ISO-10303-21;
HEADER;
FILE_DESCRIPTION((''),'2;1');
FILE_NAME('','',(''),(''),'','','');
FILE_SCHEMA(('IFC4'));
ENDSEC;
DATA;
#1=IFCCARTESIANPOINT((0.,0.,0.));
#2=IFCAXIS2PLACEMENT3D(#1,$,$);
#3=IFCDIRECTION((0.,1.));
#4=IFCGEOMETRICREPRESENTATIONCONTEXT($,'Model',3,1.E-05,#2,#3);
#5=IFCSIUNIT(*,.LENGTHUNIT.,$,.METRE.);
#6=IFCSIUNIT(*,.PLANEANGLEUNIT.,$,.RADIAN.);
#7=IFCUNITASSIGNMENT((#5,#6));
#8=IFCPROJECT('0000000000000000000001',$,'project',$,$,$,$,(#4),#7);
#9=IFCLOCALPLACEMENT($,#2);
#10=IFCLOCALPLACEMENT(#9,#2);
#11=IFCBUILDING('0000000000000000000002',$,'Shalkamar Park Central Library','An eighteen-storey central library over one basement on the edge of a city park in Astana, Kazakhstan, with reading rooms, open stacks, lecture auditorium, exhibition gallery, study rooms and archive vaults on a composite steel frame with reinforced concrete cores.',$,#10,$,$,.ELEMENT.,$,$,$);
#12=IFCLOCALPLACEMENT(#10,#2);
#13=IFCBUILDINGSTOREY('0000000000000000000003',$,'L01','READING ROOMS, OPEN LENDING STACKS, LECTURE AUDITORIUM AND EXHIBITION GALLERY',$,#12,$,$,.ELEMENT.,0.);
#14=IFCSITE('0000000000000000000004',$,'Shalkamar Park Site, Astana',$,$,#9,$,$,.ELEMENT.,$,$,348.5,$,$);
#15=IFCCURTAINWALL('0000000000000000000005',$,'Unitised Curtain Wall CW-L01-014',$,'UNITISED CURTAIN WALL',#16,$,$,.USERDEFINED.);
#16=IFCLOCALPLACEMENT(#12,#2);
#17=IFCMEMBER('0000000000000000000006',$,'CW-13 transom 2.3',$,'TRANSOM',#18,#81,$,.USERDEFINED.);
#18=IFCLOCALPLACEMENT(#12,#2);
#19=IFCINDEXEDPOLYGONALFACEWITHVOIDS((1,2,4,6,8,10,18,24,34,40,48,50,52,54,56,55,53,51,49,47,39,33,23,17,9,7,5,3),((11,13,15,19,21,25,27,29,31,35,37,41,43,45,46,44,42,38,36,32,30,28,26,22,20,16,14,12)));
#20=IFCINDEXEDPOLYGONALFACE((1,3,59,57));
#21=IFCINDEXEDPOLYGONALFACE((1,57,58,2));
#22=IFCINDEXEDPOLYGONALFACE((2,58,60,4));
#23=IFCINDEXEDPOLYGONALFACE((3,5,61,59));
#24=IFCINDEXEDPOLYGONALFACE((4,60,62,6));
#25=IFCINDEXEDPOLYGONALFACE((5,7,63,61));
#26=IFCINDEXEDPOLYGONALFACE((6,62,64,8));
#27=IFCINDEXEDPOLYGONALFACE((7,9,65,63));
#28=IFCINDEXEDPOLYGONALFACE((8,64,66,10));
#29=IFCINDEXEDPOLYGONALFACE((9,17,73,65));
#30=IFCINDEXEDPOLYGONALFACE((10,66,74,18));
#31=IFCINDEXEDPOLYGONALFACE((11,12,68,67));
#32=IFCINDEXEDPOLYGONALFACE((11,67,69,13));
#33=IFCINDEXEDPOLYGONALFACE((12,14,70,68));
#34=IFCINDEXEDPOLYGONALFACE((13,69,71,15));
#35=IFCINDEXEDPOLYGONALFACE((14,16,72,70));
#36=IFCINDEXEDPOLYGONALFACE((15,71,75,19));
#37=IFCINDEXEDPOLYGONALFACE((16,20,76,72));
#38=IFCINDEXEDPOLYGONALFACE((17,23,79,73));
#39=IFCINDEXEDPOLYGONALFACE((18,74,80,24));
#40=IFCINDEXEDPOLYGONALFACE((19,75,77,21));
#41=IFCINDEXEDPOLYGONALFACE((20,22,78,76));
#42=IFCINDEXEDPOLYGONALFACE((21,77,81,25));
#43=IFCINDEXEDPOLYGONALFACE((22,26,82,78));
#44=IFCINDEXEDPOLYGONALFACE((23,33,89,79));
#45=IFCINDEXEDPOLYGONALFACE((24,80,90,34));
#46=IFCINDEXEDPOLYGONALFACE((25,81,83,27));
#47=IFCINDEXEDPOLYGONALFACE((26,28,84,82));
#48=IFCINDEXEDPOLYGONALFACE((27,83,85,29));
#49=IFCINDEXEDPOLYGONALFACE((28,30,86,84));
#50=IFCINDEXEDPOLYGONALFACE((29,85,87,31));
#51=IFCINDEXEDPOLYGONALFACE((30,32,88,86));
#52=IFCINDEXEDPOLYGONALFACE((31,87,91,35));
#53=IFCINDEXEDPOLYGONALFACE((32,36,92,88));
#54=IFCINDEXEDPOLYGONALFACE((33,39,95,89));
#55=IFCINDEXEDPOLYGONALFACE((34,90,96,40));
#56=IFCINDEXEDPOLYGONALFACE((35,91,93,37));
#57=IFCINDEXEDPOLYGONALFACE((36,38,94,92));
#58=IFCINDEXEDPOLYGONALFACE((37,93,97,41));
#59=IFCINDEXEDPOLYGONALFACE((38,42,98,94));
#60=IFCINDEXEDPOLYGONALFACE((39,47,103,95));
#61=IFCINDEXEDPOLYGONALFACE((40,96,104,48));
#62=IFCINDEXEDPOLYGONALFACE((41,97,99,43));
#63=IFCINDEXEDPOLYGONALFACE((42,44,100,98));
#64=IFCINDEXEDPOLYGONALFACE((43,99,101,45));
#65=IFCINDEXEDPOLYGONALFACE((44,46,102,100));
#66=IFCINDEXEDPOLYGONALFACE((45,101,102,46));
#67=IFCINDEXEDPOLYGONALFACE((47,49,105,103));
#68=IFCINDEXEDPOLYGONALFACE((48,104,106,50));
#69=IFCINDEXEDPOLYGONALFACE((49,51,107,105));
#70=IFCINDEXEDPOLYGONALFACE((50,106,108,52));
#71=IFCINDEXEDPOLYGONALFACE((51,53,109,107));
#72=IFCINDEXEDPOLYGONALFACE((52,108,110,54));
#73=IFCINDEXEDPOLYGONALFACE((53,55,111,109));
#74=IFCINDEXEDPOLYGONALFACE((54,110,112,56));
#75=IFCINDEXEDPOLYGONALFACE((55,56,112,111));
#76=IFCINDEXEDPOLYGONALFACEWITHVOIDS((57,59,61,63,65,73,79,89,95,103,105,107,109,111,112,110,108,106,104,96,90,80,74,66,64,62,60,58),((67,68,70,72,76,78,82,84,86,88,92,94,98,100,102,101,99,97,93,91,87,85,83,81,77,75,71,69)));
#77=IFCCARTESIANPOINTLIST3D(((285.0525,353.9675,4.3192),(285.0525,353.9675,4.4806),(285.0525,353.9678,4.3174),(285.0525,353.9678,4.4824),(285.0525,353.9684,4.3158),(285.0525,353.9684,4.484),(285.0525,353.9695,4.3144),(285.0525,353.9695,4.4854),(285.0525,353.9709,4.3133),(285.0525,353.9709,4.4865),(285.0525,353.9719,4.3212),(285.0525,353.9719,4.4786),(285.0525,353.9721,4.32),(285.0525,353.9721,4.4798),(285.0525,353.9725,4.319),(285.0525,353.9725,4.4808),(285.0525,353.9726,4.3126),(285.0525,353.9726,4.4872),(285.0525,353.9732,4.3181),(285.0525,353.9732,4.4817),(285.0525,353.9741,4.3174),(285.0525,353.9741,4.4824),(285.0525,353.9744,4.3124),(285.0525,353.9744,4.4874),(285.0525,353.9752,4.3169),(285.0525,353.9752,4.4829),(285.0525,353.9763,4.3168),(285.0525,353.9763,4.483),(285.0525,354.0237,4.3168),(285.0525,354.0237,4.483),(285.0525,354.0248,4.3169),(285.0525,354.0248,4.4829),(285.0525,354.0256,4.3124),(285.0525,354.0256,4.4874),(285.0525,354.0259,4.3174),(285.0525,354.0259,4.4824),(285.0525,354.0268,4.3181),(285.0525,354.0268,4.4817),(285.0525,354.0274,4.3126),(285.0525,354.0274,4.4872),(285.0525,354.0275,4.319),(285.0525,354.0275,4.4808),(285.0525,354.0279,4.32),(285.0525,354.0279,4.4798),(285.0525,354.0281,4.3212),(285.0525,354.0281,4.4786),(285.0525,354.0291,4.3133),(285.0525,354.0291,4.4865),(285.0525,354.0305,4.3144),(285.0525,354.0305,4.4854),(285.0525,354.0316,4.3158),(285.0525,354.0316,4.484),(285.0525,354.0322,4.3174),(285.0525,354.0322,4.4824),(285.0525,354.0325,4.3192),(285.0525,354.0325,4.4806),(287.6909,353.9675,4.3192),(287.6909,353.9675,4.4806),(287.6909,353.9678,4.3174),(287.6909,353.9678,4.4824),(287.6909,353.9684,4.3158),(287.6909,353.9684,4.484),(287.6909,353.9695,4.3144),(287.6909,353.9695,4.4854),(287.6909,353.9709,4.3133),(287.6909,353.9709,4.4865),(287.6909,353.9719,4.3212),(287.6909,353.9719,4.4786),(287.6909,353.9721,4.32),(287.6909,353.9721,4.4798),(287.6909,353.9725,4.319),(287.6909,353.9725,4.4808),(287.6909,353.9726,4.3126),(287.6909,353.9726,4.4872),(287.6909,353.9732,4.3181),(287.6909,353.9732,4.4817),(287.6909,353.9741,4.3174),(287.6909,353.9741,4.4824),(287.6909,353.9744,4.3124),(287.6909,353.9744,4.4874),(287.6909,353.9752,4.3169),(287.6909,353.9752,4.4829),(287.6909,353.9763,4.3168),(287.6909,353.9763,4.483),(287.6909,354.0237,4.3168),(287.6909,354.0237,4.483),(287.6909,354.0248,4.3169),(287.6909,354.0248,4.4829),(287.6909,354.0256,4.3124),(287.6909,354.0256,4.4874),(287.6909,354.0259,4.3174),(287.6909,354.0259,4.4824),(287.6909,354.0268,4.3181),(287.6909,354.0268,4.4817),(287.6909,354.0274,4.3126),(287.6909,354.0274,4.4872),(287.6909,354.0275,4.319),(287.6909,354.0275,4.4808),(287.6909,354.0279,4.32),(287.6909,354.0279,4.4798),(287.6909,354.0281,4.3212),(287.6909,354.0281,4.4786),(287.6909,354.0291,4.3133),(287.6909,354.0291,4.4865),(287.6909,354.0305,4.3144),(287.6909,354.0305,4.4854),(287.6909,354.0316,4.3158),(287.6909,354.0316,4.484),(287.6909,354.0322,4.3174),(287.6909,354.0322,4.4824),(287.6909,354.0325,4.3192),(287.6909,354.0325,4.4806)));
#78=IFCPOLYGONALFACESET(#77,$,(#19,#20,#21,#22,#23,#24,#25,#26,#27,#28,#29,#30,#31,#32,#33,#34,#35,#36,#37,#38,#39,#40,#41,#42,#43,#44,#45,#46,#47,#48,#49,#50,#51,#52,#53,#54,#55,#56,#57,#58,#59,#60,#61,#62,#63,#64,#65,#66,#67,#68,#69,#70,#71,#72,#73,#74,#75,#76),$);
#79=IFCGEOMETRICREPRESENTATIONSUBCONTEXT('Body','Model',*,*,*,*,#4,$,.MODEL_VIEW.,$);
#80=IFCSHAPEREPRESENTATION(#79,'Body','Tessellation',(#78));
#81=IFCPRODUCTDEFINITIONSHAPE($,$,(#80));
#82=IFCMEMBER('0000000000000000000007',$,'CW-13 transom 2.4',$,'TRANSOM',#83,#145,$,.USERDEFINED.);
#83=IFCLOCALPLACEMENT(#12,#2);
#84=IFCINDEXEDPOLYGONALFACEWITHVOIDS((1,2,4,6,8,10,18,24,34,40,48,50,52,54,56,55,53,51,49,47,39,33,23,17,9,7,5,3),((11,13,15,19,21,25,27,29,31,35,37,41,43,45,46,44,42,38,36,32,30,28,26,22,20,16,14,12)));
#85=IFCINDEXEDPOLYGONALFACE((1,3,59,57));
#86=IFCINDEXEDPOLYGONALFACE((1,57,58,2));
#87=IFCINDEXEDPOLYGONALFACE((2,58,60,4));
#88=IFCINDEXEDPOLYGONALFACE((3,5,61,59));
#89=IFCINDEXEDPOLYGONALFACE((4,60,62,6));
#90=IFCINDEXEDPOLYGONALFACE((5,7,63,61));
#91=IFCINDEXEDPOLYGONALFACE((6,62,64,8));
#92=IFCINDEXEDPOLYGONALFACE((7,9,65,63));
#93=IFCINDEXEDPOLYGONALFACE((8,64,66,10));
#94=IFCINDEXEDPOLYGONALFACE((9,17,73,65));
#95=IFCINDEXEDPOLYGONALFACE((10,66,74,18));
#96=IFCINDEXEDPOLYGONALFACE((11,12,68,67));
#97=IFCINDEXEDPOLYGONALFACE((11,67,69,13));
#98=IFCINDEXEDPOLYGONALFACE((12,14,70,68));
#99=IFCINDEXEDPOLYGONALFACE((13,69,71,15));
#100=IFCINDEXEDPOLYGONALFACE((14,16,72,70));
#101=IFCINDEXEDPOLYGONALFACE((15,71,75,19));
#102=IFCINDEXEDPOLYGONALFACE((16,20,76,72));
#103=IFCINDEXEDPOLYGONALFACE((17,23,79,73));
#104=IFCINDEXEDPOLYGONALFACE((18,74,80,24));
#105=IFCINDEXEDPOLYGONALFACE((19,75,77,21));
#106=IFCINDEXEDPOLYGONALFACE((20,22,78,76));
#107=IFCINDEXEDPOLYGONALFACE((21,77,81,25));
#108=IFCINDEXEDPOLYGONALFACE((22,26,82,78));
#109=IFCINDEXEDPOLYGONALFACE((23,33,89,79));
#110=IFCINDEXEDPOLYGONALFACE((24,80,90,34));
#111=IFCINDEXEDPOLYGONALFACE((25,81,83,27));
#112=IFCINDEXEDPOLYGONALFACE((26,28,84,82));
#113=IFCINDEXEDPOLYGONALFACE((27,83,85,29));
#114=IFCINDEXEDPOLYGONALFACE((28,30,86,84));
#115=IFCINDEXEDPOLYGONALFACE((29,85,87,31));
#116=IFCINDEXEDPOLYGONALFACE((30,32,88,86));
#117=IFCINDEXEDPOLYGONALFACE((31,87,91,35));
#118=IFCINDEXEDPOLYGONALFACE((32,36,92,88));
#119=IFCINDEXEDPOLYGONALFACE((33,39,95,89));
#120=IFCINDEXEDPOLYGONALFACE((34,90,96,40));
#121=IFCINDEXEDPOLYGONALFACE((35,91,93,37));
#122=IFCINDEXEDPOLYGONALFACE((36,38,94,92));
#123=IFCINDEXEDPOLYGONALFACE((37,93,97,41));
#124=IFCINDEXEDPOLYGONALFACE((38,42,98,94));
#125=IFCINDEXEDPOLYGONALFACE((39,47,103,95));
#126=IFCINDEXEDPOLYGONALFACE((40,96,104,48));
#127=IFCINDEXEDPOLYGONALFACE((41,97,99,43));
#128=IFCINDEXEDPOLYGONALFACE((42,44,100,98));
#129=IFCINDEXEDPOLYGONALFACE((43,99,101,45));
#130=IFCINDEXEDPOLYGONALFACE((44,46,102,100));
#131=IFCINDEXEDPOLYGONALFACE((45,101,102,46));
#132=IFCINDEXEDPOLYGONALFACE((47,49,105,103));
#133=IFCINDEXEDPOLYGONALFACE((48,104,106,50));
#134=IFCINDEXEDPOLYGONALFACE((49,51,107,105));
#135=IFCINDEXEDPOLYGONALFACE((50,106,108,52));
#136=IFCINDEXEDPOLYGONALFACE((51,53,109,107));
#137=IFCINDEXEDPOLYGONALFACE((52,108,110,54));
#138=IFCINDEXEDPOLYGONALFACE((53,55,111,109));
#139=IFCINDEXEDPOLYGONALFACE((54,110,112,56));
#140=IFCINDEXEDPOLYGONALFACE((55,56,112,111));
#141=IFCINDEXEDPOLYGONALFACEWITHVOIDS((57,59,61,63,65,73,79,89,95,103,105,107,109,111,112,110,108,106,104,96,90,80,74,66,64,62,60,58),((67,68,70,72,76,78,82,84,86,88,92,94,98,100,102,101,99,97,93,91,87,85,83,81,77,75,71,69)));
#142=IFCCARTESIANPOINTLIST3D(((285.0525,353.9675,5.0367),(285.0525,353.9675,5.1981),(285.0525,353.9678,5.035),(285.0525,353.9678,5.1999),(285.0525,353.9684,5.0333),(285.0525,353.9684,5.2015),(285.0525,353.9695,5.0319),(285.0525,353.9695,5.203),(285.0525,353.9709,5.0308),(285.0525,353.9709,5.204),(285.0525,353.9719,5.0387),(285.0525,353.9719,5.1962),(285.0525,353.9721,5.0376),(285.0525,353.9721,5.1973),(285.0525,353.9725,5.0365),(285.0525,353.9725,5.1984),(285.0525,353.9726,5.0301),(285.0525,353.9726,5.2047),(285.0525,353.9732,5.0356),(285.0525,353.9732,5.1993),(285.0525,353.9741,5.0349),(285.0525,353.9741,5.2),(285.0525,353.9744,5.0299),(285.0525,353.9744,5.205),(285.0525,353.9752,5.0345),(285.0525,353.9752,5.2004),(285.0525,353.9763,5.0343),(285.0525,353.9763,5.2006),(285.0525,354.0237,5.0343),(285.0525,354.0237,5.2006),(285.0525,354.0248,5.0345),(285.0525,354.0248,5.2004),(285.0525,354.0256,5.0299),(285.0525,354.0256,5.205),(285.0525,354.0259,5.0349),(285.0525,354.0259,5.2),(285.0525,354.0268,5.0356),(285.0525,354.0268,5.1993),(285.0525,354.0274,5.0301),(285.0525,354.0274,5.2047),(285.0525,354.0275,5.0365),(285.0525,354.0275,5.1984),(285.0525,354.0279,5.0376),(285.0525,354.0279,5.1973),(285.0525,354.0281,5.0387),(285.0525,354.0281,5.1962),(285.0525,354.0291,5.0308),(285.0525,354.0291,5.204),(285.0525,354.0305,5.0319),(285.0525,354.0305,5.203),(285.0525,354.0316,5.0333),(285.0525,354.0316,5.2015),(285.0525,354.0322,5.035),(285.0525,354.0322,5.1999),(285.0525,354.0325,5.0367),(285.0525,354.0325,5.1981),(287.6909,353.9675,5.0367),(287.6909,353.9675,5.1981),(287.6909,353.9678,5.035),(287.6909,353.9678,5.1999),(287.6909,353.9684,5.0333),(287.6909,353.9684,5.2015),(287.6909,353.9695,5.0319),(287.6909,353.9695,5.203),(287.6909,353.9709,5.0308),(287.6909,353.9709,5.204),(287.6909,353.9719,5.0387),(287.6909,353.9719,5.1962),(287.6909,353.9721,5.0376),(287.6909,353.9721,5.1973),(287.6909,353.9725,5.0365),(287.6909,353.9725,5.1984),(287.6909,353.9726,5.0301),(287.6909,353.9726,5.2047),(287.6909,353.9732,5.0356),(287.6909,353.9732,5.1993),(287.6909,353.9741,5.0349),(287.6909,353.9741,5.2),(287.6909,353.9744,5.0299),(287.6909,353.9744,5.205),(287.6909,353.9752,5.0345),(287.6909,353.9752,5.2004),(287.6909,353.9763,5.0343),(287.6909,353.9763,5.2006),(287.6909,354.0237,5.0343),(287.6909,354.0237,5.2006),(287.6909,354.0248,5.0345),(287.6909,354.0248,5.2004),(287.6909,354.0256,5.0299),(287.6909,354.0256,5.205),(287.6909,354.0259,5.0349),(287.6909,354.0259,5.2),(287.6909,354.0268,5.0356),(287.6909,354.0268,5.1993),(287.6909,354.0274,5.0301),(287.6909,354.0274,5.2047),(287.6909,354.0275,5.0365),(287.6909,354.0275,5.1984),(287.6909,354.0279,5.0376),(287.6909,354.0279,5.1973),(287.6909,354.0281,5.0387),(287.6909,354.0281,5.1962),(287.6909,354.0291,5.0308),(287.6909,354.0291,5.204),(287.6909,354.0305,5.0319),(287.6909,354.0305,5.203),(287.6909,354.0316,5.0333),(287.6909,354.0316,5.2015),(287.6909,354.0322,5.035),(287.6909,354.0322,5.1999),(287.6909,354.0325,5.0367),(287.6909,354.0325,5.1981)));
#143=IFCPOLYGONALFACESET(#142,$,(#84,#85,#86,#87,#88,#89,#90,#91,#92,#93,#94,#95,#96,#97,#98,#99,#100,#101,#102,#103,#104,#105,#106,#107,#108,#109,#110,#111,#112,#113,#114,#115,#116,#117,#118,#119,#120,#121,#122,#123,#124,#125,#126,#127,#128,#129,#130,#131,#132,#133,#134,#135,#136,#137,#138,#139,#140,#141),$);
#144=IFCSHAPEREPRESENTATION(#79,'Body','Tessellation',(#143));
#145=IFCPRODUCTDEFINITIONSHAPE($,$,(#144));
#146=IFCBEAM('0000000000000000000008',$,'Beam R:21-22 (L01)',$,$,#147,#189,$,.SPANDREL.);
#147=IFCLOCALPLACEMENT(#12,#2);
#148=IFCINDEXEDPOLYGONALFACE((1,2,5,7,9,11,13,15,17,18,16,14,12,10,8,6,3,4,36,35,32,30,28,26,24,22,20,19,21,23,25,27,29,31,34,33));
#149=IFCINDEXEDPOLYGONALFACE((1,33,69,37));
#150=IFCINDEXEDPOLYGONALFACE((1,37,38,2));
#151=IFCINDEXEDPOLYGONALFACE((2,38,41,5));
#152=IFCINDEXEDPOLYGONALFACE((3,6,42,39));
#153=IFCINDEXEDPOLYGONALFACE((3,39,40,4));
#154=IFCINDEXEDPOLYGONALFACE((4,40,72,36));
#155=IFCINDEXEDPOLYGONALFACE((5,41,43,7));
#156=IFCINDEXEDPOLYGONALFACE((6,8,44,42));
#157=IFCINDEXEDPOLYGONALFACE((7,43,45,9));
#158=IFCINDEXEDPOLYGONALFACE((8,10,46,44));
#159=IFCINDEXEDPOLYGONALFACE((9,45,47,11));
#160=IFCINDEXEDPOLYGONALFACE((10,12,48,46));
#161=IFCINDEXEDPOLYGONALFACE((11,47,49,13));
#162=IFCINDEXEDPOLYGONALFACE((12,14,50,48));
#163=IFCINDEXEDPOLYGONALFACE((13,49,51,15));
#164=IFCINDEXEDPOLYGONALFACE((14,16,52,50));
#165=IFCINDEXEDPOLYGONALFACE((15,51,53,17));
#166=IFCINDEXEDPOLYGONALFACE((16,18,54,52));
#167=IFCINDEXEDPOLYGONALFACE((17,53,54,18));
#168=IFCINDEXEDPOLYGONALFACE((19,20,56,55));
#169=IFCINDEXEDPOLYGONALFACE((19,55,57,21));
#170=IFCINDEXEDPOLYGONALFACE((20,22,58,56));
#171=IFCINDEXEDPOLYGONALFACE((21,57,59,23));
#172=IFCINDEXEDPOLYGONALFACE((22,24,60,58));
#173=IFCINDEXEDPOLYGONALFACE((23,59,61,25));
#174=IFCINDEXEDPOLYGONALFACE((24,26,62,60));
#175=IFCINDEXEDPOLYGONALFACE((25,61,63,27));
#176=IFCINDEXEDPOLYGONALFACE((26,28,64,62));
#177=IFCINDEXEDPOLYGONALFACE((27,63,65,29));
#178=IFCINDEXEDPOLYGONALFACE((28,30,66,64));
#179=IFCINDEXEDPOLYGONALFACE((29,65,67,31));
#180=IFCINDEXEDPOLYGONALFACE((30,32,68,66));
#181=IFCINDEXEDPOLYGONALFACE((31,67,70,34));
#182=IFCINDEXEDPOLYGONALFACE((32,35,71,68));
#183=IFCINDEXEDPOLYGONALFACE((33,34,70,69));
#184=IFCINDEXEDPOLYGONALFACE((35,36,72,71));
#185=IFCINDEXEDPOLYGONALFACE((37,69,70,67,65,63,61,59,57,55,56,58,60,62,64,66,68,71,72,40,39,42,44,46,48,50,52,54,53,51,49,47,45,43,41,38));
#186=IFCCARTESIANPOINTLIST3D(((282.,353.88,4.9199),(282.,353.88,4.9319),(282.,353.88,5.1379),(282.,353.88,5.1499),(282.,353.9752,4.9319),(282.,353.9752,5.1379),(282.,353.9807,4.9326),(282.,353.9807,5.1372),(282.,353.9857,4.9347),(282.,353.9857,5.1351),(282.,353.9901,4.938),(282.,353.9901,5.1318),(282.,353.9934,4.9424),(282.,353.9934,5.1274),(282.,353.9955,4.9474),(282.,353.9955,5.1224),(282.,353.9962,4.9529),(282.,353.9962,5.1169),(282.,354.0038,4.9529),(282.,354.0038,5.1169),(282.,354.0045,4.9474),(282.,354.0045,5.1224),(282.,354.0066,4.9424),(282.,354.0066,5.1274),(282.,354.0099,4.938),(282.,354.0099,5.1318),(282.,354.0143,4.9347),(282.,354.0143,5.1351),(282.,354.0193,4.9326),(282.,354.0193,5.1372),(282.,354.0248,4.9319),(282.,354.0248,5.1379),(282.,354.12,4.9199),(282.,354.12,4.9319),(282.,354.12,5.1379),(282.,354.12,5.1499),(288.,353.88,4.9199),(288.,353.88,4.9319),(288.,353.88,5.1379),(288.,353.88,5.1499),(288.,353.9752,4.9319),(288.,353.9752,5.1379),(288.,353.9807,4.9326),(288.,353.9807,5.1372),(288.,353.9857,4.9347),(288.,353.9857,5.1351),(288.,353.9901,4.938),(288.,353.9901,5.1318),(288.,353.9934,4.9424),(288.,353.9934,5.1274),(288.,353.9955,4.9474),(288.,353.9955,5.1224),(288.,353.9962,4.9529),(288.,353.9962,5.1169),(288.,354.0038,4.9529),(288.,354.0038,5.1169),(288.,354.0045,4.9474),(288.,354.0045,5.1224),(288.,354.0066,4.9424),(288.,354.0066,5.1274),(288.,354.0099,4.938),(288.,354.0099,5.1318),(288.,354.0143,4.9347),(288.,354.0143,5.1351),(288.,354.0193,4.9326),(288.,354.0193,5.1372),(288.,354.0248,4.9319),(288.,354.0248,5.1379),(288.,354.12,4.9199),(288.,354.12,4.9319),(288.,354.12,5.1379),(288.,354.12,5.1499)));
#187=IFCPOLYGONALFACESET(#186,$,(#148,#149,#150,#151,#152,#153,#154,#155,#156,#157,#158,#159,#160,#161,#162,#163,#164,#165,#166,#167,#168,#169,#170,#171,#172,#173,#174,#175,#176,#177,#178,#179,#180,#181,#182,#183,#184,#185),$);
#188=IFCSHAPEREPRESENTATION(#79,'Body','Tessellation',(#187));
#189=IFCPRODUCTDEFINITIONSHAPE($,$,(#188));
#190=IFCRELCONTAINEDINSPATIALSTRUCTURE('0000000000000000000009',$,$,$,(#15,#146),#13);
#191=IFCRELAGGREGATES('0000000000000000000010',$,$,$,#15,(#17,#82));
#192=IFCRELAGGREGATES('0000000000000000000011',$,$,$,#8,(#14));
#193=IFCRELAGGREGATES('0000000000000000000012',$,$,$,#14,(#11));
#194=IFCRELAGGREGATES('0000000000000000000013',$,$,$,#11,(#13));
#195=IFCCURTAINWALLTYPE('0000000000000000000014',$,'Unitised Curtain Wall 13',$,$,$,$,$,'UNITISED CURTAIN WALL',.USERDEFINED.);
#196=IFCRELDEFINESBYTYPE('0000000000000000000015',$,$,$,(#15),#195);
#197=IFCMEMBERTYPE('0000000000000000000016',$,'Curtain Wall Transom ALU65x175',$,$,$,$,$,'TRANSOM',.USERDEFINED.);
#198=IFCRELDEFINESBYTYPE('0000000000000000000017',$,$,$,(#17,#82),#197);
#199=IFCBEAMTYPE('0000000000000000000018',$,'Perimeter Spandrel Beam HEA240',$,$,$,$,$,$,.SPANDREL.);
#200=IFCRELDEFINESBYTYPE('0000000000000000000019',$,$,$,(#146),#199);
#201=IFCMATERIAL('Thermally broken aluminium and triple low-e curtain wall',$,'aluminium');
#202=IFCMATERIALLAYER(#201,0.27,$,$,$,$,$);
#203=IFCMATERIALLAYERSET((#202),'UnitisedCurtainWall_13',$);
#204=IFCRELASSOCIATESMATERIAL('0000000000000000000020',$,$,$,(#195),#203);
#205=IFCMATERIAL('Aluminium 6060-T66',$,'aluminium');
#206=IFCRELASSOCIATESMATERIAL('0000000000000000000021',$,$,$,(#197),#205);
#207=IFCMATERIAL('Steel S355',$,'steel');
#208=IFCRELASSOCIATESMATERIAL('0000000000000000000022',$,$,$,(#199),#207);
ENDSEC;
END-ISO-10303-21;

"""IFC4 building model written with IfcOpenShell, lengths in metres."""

from ifc_helpers import new_model, si_unit, direction, frame, origin, origin_2d, place, context, subcontext, project, spatial, hollow_rectangle, i_section, extrude, material, layer, layer_set, material_profile, profile_set, type_object, element, aggregate, save


model = new_model("IFC4")

# Units and contexts
model_context = context("Model", 3, precision=1e-05, world=origin(), true_north=direction((0.0, 1.0)))
body_context = subcontext(model_context, "Body", "Model", "MODEL_VIEW")
ifc_project = project(units=[si_unit("LENGTHUNIT", "METRE"), si_unit("PLANEANGLEUNIT", "RADIAN")], contexts=[model_context])

# Site, building, storey
site_placement = place(None, origin())
site = spatial("IfcSite", under=ifc_project, at=site_placement, Name="Shalkamar Park Site, Astana", CompositionType="ELEMENT", RefElevation=348.5)
building_placement = place(site_placement, origin())
building = spatial("IfcBuilding", under=site, at=building_placement, Name="Shalkamar Park Central Library", Description="An eighteen-storey central library over one basement on the edge of a city park in Astana, Kazakhstan, with reading rooms, open stacks, lecture auditorium, exhibition gallery, study rooms and archive vaults on a composite steel frame with reinforced concrete cores.", CompositionType="ELEMENT")
storey_placement = place(building_placement, origin())
storey = spatial("IfcBuildingStorey", under=building, at=storey_placement, Name="L01", Description="READING ROOMS, OPEN LENDING STACKS, LECTURE AUDITORIUM AND EXHIBITION GALLERY", CompositionType="ELEMENT", Elevation=0.0)

# Shared definitions
ifc_material_1 = material(Name="Steel S355", Category="steel")

# Curtain wall, members
ifc_material_2 = material(Name="Thermally broken aluminium and triple low-e curtain wall", Category="aluminium")
ifc_layer_1 = layer(ifc_material_2, 0.27)
ifc_layer_set_1 = layer_set([ifc_layer_1], Name="UnitisedCurtainWall_13")
curtain_wall_type = type_object("IfcCurtainWallType", Name="Unitised Curtain Wall 13", ElementType="UNITISED CURTAIN WALL", PredefinedType="USERDEFINED", material=ifc_layer_set_1)
curtain_wall_placement = place(storey_placement, origin())
curtain_wall = element("IfcCurtainWall", 1, at=curtain_wall_placement, inside=storey, type_object=curtain_wall_type, Name="Unitised Curtain Wall CW-L01-014", ObjectType="UNITISED CURTAIN WALL", PredefinedType="USERDEFINED")
ifc_material_3 = material(Name="Aluminium 6060-T66", Category="aluminium")
ifc_material_profile_1 = material_profile(ifc_material_3, hollow_rectangle(XDim=0.0649, YDim=0.175, WallThickness=0.0044, InnerFilletRadius=0.0044, OuterFilletRadius=0.0068, at=origin_2d()), Name="ALU 65x175x4.5")
ifc_profile_set_1 = profile_set([ifc_material_profile_1], Name="Aluminium 6060-T66")
member_type_1 = type_object("IfcMemberType", Name="Curtain Wall Transom ALU65x175", ElementType="TRANSOM", PredefinedType="USERDEFINED", material=ifc_profile_set_1)
member_1_placement = place(storey_placement, frame((285.0525, 354.0, 4.3999), z_axis=(1.0, 0.0, 0.0), x_axis=(0.0, 1.0, 0.0)))
member_1 = element("IfcMember", 2, at=member_1_placement, type_object=member_type_1, Name="CW-13 transom 2.3", ObjectType="TRANSOM", PredefinedType="USERDEFINED", context=body_context, shape_type="SweptSolid", body=[
    extrude(hollow_rectangle(XDim=0.0649, YDim=0.175, WallThickness=0.0044, InnerFilletRadius=0.0044, OuterFilletRadius=0.0068, at=origin_2d()), origin(), (0.0, 0.0, 1.0), 2.6384),
])
member_2_placement = place(storey_placement, frame((285.0525, 354.0, 5.1174), z_axis=(1.0, 0.0, 0.0), x_axis=(0.0, 1.0, 0.0)))
member_2 = element("IfcMember", 3, at=member_2_placement, type_object=member_type_1, Name="CW-13 transom 2.4", ObjectType="TRANSOM", PredefinedType="USERDEFINED", context=body_context, shape_type="SweptSolid", body=[
    extrude(hollow_rectangle(XDim=0.0649, YDim=0.175, WallThickness=0.0044, InnerFilletRadius=0.0044, OuterFilletRadius=0.0068, at=origin_2d()), origin(), (0.0, 0.0, 1.0), 2.6384),
])

# Beam
ifc_material_profile_2 = material_profile(ifc_material_1, i_section(OverallWidth=0.24, OverallDepth=0.23, WebThickness=0.0076, FlangeThickness=0.012, FilletRadius=0.021, at=origin_2d()), Name="HEA 240")
ifc_profile_set_2 = profile_set([ifc_material_profile_2], Name="Steel S355")
beam_type_1 = type_object("IfcBeamType", Name="Perimeter Spandrel Beam HEA240", PredefinedType="SPANDREL", material=ifc_profile_set_2)
beam_1_placement = place(storey_placement, frame((282.0, 354.0, 5.0349), z_axis=(1.0, 0.0, 0.0), x_axis=(0.0, 1.0, 0.0)))
element("IfcBeam", 4, at=beam_1_placement, inside=storey, type_object=beam_type_1, Name="Beam R:21-22 (L01)", PredefinedType="SPANDREL", context=body_context, shape_type="SweptSolid", body=[
    extrude(i_section(OverallWidth=0.24, OverallDepth=0.23, WebThickness=0.0076, FlangeThickness=0.012, FilletRadius=0.021, at=origin_2d()), origin(), (0.0, 0.0, 1.0), 6.0),
])

aggregate(curtain_wall, [member_1, member_2])

save(model, "model.ifc")
